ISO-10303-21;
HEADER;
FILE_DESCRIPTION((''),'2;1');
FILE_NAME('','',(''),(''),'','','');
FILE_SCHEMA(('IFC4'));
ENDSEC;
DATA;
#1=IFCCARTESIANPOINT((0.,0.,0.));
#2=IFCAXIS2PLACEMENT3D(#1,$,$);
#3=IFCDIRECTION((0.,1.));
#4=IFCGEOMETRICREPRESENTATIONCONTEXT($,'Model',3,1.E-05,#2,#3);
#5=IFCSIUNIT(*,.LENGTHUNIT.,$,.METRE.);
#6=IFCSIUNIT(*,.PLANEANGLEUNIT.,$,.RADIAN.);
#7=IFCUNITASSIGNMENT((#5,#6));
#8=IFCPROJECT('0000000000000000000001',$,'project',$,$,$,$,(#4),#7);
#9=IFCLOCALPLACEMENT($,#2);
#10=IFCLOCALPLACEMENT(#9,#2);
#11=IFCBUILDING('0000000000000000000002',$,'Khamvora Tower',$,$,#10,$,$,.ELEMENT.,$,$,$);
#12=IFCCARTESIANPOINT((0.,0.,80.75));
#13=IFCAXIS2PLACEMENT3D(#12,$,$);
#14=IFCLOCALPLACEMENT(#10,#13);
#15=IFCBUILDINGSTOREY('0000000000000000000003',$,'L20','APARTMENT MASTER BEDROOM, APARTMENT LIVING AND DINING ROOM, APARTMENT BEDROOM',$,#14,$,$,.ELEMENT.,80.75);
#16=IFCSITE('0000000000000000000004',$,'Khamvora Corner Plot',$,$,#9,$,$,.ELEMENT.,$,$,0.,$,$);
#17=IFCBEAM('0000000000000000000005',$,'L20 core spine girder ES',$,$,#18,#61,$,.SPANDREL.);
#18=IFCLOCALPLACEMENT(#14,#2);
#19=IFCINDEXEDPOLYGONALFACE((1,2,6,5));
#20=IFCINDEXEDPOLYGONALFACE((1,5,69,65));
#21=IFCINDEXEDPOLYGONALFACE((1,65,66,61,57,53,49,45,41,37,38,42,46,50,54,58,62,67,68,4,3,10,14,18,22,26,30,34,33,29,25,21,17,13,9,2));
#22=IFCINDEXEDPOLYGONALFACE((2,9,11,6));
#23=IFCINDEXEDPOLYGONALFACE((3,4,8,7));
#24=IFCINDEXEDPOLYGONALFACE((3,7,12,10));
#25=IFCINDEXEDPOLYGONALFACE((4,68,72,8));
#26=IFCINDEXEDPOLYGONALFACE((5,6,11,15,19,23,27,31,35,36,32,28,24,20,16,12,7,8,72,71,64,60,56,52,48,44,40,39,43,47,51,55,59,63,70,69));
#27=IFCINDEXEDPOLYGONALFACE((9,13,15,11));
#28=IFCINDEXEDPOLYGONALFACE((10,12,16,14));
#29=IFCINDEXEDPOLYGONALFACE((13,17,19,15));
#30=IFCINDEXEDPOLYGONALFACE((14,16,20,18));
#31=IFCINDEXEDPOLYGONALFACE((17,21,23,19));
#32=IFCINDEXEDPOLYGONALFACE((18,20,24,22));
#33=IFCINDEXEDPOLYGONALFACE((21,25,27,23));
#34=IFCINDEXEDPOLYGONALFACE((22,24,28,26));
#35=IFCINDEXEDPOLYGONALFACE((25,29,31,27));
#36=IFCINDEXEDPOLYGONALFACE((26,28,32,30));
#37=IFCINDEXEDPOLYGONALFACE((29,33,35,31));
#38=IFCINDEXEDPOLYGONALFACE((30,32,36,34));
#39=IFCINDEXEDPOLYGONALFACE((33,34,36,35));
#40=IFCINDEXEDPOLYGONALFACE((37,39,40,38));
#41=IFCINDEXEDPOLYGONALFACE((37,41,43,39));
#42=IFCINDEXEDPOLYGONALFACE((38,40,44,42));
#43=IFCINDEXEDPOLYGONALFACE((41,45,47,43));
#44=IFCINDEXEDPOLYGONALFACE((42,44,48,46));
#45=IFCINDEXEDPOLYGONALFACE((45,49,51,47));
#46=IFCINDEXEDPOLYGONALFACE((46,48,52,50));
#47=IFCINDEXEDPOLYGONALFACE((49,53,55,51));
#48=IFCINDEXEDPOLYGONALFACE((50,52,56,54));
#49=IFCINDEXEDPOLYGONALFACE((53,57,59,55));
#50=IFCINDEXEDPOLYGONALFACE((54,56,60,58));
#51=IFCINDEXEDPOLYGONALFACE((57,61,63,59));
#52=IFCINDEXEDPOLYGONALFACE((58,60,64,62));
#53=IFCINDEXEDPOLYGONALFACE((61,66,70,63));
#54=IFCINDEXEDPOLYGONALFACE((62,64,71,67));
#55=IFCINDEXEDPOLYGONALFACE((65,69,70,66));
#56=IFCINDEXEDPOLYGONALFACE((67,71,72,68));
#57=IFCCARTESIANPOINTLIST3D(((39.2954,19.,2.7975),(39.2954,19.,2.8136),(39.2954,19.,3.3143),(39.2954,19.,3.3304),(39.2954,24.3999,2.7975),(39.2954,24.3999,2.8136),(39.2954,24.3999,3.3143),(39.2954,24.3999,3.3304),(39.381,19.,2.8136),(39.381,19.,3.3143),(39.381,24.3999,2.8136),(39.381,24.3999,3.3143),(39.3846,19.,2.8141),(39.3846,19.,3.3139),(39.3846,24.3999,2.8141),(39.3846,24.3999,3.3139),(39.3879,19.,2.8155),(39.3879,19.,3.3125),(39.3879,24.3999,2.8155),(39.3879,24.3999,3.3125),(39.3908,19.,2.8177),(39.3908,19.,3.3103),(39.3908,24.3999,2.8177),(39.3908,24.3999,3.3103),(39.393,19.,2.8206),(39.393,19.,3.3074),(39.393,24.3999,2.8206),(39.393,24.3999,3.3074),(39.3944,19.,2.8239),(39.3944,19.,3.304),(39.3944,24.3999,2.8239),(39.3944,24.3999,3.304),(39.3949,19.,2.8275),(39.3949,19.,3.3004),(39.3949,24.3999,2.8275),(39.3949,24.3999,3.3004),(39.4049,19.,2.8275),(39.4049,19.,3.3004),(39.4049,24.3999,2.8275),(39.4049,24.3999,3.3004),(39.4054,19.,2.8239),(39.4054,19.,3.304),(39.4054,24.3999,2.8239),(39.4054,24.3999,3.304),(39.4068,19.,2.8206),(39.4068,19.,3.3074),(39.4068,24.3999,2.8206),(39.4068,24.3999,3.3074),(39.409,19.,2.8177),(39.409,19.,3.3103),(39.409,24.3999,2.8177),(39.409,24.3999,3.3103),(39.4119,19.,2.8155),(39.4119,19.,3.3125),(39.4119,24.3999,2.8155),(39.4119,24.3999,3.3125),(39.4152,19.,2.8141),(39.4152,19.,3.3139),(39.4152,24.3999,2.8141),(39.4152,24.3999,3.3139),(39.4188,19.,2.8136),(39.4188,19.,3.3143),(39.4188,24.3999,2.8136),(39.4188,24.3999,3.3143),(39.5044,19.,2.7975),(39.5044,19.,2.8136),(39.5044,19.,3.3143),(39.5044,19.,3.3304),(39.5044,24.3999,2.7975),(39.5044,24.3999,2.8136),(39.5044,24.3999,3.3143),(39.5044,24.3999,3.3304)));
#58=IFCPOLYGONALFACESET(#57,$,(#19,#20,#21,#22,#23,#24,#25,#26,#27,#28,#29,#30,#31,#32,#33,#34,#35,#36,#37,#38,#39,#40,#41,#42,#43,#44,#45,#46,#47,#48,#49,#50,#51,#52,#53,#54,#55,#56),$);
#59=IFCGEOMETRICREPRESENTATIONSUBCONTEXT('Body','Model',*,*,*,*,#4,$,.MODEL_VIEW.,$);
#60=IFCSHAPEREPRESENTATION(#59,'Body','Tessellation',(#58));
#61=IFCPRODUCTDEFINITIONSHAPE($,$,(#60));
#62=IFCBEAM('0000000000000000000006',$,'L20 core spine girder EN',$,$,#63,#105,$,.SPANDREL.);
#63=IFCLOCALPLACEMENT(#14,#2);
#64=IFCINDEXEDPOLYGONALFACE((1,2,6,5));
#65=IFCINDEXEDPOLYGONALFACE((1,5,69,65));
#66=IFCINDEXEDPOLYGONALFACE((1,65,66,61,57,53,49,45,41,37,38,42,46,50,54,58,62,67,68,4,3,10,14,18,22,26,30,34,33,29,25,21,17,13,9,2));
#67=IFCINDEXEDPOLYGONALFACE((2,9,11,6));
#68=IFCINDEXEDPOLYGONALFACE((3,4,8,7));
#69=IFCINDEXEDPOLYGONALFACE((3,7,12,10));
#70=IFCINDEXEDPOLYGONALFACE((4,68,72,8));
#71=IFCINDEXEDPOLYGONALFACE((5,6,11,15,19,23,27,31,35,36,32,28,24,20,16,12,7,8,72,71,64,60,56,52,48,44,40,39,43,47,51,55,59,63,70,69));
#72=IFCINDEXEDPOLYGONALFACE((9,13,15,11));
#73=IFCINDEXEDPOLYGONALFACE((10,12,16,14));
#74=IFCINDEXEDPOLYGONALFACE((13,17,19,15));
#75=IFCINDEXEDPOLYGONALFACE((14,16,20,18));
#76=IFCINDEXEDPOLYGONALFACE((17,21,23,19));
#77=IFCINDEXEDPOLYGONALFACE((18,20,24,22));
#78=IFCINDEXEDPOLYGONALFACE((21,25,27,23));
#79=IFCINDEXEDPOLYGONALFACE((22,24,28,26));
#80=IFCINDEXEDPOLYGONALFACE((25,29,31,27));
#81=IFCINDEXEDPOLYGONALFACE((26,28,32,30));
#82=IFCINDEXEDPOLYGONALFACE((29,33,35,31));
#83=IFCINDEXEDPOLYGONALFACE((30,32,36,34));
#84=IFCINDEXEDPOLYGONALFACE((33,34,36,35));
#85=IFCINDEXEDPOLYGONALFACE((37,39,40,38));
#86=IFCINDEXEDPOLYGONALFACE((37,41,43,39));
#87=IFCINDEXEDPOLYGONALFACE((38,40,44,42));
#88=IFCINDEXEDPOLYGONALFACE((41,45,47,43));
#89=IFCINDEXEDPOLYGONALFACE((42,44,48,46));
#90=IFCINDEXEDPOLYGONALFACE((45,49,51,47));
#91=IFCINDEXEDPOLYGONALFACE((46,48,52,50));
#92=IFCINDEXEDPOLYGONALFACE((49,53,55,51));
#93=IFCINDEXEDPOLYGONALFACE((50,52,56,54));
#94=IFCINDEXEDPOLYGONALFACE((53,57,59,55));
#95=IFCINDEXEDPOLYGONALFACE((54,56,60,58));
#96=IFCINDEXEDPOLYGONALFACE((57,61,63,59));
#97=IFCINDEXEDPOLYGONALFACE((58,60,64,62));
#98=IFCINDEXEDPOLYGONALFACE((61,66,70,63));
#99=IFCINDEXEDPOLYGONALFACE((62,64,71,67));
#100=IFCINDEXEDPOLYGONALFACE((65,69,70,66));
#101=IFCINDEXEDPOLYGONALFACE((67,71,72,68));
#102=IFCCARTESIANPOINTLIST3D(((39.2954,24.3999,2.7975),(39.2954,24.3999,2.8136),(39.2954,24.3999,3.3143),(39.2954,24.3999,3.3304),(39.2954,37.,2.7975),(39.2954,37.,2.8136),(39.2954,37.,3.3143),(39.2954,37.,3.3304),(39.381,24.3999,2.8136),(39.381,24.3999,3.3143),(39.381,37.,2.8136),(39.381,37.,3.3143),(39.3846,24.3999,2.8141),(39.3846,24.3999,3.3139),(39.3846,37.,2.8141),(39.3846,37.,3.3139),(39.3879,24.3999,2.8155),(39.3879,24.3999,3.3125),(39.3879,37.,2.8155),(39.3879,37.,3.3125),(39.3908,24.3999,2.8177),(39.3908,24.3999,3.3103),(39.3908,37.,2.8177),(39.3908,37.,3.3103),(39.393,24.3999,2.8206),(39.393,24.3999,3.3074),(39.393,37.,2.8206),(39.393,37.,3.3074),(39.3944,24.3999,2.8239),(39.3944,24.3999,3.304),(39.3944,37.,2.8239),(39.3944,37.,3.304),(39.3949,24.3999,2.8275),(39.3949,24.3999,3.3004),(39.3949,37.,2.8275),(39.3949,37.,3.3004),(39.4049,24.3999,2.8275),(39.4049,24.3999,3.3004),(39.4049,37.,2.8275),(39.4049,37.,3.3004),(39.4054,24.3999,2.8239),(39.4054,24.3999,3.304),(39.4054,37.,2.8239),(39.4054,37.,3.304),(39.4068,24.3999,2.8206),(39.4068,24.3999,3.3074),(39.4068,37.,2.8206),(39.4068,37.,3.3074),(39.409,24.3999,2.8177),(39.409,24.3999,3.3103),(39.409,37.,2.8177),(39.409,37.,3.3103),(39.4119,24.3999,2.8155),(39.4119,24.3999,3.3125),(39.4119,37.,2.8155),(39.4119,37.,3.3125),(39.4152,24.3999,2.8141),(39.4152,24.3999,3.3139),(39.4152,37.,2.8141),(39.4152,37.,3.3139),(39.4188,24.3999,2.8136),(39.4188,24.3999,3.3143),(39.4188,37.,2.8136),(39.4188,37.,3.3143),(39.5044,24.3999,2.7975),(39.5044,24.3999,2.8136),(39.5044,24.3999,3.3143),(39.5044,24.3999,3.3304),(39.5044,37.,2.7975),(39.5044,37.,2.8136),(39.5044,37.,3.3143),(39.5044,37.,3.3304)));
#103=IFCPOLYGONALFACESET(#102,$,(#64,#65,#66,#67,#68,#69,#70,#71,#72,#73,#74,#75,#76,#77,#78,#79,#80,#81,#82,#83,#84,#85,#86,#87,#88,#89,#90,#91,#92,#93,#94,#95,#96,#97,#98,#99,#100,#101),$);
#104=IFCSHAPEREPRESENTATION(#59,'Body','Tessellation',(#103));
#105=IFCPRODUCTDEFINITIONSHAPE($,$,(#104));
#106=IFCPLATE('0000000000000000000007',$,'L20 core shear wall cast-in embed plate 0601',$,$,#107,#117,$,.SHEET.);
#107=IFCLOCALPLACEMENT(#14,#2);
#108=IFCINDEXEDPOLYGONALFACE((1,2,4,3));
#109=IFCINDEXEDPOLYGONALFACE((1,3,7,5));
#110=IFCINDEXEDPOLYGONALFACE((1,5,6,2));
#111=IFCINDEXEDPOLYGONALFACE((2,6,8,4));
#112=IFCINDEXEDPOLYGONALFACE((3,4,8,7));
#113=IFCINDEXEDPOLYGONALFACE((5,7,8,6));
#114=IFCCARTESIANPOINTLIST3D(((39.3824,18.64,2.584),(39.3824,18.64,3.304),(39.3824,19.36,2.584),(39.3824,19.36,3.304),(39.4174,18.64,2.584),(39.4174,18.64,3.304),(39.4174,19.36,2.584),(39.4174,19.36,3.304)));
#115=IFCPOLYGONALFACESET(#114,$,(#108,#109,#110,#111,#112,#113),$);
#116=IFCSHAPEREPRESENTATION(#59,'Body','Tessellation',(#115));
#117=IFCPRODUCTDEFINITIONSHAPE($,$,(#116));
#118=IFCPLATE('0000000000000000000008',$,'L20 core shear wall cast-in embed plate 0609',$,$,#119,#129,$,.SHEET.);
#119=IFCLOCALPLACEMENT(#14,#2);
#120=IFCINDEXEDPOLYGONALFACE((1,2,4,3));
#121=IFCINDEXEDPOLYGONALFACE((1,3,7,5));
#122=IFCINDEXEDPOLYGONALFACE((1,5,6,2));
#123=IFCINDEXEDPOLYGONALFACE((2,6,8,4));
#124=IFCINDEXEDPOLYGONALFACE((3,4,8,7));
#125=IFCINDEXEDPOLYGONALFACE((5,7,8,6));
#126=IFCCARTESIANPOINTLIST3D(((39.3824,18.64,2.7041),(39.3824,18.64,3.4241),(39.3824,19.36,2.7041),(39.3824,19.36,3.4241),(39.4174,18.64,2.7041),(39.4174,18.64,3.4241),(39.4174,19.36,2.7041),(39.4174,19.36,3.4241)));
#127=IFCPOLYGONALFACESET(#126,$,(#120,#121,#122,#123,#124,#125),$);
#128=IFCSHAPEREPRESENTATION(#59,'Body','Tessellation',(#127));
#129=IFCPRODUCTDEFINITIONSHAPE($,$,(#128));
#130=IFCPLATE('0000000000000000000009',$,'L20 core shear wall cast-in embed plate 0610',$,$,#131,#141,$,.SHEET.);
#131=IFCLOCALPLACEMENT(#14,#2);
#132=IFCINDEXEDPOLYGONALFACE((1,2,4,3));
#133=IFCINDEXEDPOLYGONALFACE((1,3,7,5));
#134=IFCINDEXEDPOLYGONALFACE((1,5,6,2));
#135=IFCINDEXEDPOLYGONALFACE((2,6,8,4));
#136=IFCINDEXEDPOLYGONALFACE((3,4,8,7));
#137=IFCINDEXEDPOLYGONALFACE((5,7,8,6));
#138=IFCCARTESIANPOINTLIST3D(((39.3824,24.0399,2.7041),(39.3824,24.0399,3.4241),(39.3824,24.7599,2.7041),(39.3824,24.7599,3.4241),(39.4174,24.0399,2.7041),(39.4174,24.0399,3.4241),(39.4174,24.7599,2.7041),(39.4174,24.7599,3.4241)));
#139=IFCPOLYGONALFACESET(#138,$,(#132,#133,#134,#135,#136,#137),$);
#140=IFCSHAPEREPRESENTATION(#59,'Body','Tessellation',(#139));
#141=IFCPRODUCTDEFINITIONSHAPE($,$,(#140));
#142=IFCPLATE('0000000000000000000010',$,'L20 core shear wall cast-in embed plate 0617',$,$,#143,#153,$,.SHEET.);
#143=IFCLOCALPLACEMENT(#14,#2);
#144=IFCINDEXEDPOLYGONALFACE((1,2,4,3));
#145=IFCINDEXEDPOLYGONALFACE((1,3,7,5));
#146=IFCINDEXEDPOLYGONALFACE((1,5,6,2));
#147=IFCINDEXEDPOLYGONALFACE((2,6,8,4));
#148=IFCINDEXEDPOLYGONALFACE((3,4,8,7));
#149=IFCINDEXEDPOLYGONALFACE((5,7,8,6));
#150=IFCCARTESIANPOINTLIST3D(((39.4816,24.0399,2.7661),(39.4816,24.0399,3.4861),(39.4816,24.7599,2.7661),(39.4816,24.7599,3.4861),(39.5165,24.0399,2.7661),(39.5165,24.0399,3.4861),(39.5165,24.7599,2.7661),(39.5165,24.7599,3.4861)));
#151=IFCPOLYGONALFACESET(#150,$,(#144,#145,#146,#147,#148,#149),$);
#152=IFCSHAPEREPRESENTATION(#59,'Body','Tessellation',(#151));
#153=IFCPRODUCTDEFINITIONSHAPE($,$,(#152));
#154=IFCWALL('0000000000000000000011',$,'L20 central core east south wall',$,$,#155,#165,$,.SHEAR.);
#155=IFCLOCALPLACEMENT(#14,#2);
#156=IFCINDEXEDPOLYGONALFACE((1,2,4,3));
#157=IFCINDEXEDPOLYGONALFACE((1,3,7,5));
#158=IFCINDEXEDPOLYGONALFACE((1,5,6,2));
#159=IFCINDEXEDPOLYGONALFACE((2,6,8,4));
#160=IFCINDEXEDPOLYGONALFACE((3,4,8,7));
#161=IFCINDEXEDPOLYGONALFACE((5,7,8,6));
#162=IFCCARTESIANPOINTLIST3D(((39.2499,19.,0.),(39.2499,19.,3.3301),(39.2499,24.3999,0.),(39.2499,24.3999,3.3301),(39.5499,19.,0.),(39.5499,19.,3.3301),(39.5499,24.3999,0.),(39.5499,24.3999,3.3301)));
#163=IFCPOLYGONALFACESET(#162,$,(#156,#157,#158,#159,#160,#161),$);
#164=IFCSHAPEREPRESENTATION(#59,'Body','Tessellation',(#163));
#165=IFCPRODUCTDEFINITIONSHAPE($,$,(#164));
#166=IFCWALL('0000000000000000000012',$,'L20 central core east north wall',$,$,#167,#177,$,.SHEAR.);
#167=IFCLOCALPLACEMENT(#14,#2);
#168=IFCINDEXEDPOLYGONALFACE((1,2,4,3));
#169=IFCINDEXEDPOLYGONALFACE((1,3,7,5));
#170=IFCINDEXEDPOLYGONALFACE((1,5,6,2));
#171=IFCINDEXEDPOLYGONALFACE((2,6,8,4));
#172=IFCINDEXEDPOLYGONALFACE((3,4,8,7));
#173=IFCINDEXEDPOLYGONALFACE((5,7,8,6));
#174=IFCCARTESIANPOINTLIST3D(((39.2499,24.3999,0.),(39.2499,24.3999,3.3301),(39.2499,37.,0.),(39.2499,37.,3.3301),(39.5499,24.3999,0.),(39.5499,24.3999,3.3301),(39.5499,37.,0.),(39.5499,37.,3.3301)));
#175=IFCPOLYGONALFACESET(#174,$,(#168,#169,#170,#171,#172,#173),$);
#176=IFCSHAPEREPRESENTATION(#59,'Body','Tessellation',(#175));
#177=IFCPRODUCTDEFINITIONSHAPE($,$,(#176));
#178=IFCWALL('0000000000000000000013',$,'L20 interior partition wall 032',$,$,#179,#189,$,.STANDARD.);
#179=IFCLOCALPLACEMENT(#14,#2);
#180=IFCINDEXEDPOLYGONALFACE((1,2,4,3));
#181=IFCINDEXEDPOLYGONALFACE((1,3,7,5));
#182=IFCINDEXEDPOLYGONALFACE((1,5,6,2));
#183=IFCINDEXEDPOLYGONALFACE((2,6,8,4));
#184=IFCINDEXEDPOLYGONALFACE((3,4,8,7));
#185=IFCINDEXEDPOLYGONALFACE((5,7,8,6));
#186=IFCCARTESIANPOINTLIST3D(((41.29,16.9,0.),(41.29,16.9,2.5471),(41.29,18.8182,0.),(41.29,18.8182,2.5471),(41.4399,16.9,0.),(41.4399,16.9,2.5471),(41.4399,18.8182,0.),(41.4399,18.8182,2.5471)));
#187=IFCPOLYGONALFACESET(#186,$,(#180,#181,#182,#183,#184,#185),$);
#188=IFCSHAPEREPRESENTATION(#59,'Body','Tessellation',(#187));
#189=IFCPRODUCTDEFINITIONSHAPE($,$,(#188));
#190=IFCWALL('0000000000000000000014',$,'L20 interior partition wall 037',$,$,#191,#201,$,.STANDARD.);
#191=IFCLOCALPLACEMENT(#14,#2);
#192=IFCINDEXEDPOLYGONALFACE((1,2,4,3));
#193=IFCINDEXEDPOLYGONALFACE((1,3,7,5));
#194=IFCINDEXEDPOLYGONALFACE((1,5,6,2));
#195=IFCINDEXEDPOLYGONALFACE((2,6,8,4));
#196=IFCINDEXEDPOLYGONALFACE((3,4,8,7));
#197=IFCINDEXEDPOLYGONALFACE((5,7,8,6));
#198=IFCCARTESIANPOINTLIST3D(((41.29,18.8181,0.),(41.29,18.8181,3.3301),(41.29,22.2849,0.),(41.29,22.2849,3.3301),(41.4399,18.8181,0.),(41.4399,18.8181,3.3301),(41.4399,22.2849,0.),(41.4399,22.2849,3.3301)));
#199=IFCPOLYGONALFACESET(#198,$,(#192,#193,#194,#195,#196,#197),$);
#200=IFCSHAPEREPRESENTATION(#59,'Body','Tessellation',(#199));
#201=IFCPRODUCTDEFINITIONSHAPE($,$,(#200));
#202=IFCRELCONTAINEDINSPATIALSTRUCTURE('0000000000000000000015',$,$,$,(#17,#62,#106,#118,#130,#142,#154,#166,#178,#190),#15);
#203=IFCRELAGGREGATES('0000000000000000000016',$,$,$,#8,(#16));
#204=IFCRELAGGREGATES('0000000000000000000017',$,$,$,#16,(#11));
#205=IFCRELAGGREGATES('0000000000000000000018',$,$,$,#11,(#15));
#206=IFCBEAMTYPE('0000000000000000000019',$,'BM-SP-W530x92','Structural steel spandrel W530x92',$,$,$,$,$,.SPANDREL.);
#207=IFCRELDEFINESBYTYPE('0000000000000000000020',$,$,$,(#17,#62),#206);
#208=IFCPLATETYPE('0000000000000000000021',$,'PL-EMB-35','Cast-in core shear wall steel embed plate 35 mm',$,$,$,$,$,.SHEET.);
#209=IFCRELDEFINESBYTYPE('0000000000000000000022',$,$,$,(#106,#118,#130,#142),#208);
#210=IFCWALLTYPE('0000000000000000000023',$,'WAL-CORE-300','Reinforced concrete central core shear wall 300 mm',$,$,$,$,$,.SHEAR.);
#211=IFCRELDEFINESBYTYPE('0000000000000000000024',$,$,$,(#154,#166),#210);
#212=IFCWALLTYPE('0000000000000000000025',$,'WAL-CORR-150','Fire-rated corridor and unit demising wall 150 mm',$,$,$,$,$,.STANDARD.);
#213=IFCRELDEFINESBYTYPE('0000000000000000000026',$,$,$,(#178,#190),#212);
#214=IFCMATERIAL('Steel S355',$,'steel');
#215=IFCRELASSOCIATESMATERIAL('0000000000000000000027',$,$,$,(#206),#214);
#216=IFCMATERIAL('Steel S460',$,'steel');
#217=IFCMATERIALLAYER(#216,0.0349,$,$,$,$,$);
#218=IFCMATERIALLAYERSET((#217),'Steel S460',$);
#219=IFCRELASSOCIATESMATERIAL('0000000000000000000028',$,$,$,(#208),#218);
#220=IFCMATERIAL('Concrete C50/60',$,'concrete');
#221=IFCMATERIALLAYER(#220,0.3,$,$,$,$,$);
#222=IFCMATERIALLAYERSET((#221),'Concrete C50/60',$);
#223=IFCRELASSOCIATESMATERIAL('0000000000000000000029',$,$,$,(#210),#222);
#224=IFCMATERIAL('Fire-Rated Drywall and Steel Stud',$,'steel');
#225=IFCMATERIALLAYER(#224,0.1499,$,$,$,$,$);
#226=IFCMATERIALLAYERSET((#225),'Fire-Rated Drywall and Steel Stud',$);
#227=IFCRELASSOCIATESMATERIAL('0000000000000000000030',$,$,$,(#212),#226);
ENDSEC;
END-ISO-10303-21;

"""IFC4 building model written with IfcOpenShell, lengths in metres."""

from ifc_helpers import new_model, si_unit, direction, frame, frame_2d, origin, origin_2d, place, context, subcontext, project, spatial, rectangle, i_section, extrude, material, layer, layer_set, material_profile, profile_set, type_object, element, save


model = new_model("IFC4")

# Units and contexts
model_context = context("Model", 3, precision=1e-05, world=origin(), true_north=direction((0.0, 1.0)))
body_context = subcontext(model_context, "Body", "Model", "MODEL_VIEW")
ifc_project = project(units=[si_unit("LENGTHUNIT", "METRE"), si_unit("PLANEANGLEUNIT", "RADIAN")], contexts=[model_context])

# Site, building, storey
site_placement = place(None, origin())
site = spatial("IfcSite", under=ifc_project, at=site_placement, Name="Khamvora Corner Plot", CompositionType="ELEMENT", RefElevation=0.0)
building_placement = place(site_placement, origin())
building = spatial("IfcBuilding", under=site, at=building_placement, Name="Khamvora Tower", CompositionType="ELEMENT")
storey_placement = place(building_placement, frame((0.0, 0.0, 80.75)))
storey = spatial("IfcBuildingStorey", under=building, at=storey_placement, Name="L20", Description="APARTMENT MASTER BEDROOM, APARTMENT LIVING AND DINING ROOM, APARTMENT BEDROOM", CompositionType="ELEMENT", Elevation=80.75)

# Shared definitions
ifc_material_1 = material(Name="Steel S460", Category="steel")

# Beams
ifc_material_2 = material(Name="Steel S355", Category="steel")
ifc_material_profile_1 = material_profile(ifc_material_2, i_section(OverallWidth=0.209, OverallDepth=0.533, WebThickness=0.01, FlangeThickness=0.0161, FilletRadius=0.0139, at=origin_2d()), Name="W530x92")
ifc_profile_set_1 = profile_set([ifc_material_profile_1], Name="Steel S355")
beam_type_1 = type_object("IfcBeamType", Name="BM-SP-W530x92", Description="Structural steel spandrel W530x92", PredefinedType="SPANDREL", material=ifc_profile_set_1)
beam_1_placement = place(storey_placement, frame((39.3999, 19.0, 3.064), z_axis=(0.0, 1.0, 0.0), x_axis=(-1.0, 0.0, 0.0)))
element("IfcBeam", 1, at=beam_1_placement, inside=storey, type_object=beam_type_1, Name="L20 core spine girder ES", PredefinedType="SPANDREL", context=body_context, shape_type="SweptSolid", body=[
    extrude(i_section(OverallWidth=0.209, OverallDepth=0.533, WebThickness=0.01, FlangeThickness=0.0161, FilletRadius=0.0139, at=origin_2d()), origin(), (0.0, 0.0, 1.0), 5.3999),
])
beam_2_placement = place(storey_placement, frame((39.3999, 24.3999, 3.064), z_axis=(0.0, 1.0, 0.0), x_axis=(-1.0, 0.0, 0.0)))
element("IfcBeam", 2, at=beam_2_placement, inside=storey, type_object=beam_type_1, Name="L20 core spine girder EN", PredefinedType="SPANDREL", context=body_context, shape_type="SweptSolid", body=[
    extrude(i_section(OverallWidth=0.209, OverallDepth=0.533, WebThickness=0.01, FlangeThickness=0.0161, FilletRadius=0.0139, at=origin_2d()), origin(), (0.0, 0.0, 1.0), 12.6001),
])

# Plates
ifc_layer_1 = layer(ifc_material_1, 0.0349)
ifc_layer_set_1 = layer_set([ifc_layer_1], Name="Steel S460")
plate_type = type_object("IfcPlateType", Name="PL-EMB-35", Description="Cast-in core shear wall steel embed plate 35 mm", PredefinedType="SHEET", material=ifc_layer_set_1)
for number, where, z_axis, x_axis, name in (
    (3, (39.3999, 19.0, 2.584), (0.0, 0.0, 1.0), (1.0, 0.0, 0.0), "L20 core shear wall cast-in embed plate 0601"),
    (4, (39.3999, 19.0, 2.7041), (0.0, 0.0, 1.0), (1.0, 0.0, 0.0), "L20 core shear wall cast-in embed plate 0609"),
    (5, (39.3999, 24.3999, 2.7041), (0.0, 0.0, 1.0), (1.0, 0.0, 0.0), "L20 core shear wall cast-in embed plate 0610"),
    (6, (39.499, 24.3999, 2.7661), (0.0, 0.0, 1.0), (1.0, 0.0, 0.0), "L20 core shear wall cast-in embed plate 0617"),
):
    element("IfcPlate", number, at=place(storey_placement, frame(where, z_axis=z_axis, x_axis=x_axis)), inside=storey, type_object=plate_type, Name=name, PredefinedType="SHEET", context=body_context, shape_type="SweptSolid", body=[
        extrude(rectangle(XDim=0.0349, YDim=0.72, at=origin_2d()), origin(), (0.0, 0.0, 1.0), 0.72),
    ])

# Walls
ifc_material_3 = material(Name="Concrete C50/60", Category="concrete")
ifc_layer_2 = layer(ifc_material_3, 0.3)
ifc_layer_set_2 = layer_set([ifc_layer_2], Name="Concrete C50/60")
wall_type_1 = type_object("IfcWallType", Name="WAL-CORE-300", Description="Reinforced concrete central core shear wall 300 mm", PredefinedType="SHEAR", material=ifc_layer_set_2)
wall_1_placement = place(storey_placement, frame((39.3999, 19.0, 0.0), z_axis=(0.0, 0.0, 1.0), x_axis=(0.0, 1.0, 0.0)))
element("IfcWall", 7, at=wall_1_placement, inside=storey, type_object=wall_type_1, Name="L20 central core east south wall", PredefinedType="SHEAR", context=body_context, shape_type="SweptSolid", body=[
    extrude(rectangle(XDim=5.3999, YDim=0.3, at=frame_2d((2.7, 0.0))), origin(), (0.0, 0.0, 1.0), 3.3301),
])
wall_2_placement = place(storey_placement, frame((39.3999, 24.3999, 0.0), z_axis=(0.0, 0.0, 1.0), x_axis=(0.0, 1.0, 0.0)))
element("IfcWall", 8, at=wall_2_placement, inside=storey, type_object=wall_type_1, Name="L20 central core east north wall", PredefinedType="SHEAR", context=body_context, shape_type="SweptSolid", body=[
    extrude(rectangle(XDim=12.6001, YDim=0.3, at=frame_2d((6.3, 0.0))), origin(), (0.0, 0.0, 1.0), 3.3301),
])

# Walls
ifc_material_4 = material(Name="Fire-Rated Drywall and Steel Stud", Category="steel")
ifc_layer_3 = layer(ifc_material_4, 0.1499)
ifc_layer_set_3 = layer_set([ifc_layer_3], Name="Fire-Rated Drywall and Steel Stud")
wall_type_2 = type_object("IfcWallType", Name="WAL-CORR-150", Description="Fire-rated corridor and unit demising wall 150 mm", PredefinedType="STANDARD", material=ifc_layer_set_3)
wall_3_placement = place(storey_placement, frame((41.365, 18.8181, 0.0), z_axis=(0.0, 0.0, 1.0), x_axis=(0.0, -1.0, 0.0)))
element("IfcWall", 9, at=wall_3_placement, inside=storey, type_object=wall_type_2, Name="L20 interior partition wall 032", PredefinedType="STANDARD", context=body_context, shape_type="SweptSolid", body=[
    extrude(rectangle(XDim=1.9182, YDim=0.1499, at=frame_2d((0.959, 0.0))), origin(), (0.0, 0.0, 1.0), 2.5471),
])
wall_4_placement = place(storey_placement, frame((41.365, 22.2849, 0.0), z_axis=(0.0, 0.0, 1.0), x_axis=(0.0, -1.0, 0.0)))
element("IfcWall", 10, at=wall_4_placement, inside=storey, type_object=wall_type_2, Name="L20 interior partition wall 037", PredefinedType="STANDARD", context=body_context, shape_type="SweptSolid", body=[
    extrude(rectangle(XDim=3.4668, YDim=0.1499, at=frame_2d((1.7334, 0.0))), origin(), (0.0, 0.0, 1.0), 3.3301),
])

save(model, "model.ifc")
